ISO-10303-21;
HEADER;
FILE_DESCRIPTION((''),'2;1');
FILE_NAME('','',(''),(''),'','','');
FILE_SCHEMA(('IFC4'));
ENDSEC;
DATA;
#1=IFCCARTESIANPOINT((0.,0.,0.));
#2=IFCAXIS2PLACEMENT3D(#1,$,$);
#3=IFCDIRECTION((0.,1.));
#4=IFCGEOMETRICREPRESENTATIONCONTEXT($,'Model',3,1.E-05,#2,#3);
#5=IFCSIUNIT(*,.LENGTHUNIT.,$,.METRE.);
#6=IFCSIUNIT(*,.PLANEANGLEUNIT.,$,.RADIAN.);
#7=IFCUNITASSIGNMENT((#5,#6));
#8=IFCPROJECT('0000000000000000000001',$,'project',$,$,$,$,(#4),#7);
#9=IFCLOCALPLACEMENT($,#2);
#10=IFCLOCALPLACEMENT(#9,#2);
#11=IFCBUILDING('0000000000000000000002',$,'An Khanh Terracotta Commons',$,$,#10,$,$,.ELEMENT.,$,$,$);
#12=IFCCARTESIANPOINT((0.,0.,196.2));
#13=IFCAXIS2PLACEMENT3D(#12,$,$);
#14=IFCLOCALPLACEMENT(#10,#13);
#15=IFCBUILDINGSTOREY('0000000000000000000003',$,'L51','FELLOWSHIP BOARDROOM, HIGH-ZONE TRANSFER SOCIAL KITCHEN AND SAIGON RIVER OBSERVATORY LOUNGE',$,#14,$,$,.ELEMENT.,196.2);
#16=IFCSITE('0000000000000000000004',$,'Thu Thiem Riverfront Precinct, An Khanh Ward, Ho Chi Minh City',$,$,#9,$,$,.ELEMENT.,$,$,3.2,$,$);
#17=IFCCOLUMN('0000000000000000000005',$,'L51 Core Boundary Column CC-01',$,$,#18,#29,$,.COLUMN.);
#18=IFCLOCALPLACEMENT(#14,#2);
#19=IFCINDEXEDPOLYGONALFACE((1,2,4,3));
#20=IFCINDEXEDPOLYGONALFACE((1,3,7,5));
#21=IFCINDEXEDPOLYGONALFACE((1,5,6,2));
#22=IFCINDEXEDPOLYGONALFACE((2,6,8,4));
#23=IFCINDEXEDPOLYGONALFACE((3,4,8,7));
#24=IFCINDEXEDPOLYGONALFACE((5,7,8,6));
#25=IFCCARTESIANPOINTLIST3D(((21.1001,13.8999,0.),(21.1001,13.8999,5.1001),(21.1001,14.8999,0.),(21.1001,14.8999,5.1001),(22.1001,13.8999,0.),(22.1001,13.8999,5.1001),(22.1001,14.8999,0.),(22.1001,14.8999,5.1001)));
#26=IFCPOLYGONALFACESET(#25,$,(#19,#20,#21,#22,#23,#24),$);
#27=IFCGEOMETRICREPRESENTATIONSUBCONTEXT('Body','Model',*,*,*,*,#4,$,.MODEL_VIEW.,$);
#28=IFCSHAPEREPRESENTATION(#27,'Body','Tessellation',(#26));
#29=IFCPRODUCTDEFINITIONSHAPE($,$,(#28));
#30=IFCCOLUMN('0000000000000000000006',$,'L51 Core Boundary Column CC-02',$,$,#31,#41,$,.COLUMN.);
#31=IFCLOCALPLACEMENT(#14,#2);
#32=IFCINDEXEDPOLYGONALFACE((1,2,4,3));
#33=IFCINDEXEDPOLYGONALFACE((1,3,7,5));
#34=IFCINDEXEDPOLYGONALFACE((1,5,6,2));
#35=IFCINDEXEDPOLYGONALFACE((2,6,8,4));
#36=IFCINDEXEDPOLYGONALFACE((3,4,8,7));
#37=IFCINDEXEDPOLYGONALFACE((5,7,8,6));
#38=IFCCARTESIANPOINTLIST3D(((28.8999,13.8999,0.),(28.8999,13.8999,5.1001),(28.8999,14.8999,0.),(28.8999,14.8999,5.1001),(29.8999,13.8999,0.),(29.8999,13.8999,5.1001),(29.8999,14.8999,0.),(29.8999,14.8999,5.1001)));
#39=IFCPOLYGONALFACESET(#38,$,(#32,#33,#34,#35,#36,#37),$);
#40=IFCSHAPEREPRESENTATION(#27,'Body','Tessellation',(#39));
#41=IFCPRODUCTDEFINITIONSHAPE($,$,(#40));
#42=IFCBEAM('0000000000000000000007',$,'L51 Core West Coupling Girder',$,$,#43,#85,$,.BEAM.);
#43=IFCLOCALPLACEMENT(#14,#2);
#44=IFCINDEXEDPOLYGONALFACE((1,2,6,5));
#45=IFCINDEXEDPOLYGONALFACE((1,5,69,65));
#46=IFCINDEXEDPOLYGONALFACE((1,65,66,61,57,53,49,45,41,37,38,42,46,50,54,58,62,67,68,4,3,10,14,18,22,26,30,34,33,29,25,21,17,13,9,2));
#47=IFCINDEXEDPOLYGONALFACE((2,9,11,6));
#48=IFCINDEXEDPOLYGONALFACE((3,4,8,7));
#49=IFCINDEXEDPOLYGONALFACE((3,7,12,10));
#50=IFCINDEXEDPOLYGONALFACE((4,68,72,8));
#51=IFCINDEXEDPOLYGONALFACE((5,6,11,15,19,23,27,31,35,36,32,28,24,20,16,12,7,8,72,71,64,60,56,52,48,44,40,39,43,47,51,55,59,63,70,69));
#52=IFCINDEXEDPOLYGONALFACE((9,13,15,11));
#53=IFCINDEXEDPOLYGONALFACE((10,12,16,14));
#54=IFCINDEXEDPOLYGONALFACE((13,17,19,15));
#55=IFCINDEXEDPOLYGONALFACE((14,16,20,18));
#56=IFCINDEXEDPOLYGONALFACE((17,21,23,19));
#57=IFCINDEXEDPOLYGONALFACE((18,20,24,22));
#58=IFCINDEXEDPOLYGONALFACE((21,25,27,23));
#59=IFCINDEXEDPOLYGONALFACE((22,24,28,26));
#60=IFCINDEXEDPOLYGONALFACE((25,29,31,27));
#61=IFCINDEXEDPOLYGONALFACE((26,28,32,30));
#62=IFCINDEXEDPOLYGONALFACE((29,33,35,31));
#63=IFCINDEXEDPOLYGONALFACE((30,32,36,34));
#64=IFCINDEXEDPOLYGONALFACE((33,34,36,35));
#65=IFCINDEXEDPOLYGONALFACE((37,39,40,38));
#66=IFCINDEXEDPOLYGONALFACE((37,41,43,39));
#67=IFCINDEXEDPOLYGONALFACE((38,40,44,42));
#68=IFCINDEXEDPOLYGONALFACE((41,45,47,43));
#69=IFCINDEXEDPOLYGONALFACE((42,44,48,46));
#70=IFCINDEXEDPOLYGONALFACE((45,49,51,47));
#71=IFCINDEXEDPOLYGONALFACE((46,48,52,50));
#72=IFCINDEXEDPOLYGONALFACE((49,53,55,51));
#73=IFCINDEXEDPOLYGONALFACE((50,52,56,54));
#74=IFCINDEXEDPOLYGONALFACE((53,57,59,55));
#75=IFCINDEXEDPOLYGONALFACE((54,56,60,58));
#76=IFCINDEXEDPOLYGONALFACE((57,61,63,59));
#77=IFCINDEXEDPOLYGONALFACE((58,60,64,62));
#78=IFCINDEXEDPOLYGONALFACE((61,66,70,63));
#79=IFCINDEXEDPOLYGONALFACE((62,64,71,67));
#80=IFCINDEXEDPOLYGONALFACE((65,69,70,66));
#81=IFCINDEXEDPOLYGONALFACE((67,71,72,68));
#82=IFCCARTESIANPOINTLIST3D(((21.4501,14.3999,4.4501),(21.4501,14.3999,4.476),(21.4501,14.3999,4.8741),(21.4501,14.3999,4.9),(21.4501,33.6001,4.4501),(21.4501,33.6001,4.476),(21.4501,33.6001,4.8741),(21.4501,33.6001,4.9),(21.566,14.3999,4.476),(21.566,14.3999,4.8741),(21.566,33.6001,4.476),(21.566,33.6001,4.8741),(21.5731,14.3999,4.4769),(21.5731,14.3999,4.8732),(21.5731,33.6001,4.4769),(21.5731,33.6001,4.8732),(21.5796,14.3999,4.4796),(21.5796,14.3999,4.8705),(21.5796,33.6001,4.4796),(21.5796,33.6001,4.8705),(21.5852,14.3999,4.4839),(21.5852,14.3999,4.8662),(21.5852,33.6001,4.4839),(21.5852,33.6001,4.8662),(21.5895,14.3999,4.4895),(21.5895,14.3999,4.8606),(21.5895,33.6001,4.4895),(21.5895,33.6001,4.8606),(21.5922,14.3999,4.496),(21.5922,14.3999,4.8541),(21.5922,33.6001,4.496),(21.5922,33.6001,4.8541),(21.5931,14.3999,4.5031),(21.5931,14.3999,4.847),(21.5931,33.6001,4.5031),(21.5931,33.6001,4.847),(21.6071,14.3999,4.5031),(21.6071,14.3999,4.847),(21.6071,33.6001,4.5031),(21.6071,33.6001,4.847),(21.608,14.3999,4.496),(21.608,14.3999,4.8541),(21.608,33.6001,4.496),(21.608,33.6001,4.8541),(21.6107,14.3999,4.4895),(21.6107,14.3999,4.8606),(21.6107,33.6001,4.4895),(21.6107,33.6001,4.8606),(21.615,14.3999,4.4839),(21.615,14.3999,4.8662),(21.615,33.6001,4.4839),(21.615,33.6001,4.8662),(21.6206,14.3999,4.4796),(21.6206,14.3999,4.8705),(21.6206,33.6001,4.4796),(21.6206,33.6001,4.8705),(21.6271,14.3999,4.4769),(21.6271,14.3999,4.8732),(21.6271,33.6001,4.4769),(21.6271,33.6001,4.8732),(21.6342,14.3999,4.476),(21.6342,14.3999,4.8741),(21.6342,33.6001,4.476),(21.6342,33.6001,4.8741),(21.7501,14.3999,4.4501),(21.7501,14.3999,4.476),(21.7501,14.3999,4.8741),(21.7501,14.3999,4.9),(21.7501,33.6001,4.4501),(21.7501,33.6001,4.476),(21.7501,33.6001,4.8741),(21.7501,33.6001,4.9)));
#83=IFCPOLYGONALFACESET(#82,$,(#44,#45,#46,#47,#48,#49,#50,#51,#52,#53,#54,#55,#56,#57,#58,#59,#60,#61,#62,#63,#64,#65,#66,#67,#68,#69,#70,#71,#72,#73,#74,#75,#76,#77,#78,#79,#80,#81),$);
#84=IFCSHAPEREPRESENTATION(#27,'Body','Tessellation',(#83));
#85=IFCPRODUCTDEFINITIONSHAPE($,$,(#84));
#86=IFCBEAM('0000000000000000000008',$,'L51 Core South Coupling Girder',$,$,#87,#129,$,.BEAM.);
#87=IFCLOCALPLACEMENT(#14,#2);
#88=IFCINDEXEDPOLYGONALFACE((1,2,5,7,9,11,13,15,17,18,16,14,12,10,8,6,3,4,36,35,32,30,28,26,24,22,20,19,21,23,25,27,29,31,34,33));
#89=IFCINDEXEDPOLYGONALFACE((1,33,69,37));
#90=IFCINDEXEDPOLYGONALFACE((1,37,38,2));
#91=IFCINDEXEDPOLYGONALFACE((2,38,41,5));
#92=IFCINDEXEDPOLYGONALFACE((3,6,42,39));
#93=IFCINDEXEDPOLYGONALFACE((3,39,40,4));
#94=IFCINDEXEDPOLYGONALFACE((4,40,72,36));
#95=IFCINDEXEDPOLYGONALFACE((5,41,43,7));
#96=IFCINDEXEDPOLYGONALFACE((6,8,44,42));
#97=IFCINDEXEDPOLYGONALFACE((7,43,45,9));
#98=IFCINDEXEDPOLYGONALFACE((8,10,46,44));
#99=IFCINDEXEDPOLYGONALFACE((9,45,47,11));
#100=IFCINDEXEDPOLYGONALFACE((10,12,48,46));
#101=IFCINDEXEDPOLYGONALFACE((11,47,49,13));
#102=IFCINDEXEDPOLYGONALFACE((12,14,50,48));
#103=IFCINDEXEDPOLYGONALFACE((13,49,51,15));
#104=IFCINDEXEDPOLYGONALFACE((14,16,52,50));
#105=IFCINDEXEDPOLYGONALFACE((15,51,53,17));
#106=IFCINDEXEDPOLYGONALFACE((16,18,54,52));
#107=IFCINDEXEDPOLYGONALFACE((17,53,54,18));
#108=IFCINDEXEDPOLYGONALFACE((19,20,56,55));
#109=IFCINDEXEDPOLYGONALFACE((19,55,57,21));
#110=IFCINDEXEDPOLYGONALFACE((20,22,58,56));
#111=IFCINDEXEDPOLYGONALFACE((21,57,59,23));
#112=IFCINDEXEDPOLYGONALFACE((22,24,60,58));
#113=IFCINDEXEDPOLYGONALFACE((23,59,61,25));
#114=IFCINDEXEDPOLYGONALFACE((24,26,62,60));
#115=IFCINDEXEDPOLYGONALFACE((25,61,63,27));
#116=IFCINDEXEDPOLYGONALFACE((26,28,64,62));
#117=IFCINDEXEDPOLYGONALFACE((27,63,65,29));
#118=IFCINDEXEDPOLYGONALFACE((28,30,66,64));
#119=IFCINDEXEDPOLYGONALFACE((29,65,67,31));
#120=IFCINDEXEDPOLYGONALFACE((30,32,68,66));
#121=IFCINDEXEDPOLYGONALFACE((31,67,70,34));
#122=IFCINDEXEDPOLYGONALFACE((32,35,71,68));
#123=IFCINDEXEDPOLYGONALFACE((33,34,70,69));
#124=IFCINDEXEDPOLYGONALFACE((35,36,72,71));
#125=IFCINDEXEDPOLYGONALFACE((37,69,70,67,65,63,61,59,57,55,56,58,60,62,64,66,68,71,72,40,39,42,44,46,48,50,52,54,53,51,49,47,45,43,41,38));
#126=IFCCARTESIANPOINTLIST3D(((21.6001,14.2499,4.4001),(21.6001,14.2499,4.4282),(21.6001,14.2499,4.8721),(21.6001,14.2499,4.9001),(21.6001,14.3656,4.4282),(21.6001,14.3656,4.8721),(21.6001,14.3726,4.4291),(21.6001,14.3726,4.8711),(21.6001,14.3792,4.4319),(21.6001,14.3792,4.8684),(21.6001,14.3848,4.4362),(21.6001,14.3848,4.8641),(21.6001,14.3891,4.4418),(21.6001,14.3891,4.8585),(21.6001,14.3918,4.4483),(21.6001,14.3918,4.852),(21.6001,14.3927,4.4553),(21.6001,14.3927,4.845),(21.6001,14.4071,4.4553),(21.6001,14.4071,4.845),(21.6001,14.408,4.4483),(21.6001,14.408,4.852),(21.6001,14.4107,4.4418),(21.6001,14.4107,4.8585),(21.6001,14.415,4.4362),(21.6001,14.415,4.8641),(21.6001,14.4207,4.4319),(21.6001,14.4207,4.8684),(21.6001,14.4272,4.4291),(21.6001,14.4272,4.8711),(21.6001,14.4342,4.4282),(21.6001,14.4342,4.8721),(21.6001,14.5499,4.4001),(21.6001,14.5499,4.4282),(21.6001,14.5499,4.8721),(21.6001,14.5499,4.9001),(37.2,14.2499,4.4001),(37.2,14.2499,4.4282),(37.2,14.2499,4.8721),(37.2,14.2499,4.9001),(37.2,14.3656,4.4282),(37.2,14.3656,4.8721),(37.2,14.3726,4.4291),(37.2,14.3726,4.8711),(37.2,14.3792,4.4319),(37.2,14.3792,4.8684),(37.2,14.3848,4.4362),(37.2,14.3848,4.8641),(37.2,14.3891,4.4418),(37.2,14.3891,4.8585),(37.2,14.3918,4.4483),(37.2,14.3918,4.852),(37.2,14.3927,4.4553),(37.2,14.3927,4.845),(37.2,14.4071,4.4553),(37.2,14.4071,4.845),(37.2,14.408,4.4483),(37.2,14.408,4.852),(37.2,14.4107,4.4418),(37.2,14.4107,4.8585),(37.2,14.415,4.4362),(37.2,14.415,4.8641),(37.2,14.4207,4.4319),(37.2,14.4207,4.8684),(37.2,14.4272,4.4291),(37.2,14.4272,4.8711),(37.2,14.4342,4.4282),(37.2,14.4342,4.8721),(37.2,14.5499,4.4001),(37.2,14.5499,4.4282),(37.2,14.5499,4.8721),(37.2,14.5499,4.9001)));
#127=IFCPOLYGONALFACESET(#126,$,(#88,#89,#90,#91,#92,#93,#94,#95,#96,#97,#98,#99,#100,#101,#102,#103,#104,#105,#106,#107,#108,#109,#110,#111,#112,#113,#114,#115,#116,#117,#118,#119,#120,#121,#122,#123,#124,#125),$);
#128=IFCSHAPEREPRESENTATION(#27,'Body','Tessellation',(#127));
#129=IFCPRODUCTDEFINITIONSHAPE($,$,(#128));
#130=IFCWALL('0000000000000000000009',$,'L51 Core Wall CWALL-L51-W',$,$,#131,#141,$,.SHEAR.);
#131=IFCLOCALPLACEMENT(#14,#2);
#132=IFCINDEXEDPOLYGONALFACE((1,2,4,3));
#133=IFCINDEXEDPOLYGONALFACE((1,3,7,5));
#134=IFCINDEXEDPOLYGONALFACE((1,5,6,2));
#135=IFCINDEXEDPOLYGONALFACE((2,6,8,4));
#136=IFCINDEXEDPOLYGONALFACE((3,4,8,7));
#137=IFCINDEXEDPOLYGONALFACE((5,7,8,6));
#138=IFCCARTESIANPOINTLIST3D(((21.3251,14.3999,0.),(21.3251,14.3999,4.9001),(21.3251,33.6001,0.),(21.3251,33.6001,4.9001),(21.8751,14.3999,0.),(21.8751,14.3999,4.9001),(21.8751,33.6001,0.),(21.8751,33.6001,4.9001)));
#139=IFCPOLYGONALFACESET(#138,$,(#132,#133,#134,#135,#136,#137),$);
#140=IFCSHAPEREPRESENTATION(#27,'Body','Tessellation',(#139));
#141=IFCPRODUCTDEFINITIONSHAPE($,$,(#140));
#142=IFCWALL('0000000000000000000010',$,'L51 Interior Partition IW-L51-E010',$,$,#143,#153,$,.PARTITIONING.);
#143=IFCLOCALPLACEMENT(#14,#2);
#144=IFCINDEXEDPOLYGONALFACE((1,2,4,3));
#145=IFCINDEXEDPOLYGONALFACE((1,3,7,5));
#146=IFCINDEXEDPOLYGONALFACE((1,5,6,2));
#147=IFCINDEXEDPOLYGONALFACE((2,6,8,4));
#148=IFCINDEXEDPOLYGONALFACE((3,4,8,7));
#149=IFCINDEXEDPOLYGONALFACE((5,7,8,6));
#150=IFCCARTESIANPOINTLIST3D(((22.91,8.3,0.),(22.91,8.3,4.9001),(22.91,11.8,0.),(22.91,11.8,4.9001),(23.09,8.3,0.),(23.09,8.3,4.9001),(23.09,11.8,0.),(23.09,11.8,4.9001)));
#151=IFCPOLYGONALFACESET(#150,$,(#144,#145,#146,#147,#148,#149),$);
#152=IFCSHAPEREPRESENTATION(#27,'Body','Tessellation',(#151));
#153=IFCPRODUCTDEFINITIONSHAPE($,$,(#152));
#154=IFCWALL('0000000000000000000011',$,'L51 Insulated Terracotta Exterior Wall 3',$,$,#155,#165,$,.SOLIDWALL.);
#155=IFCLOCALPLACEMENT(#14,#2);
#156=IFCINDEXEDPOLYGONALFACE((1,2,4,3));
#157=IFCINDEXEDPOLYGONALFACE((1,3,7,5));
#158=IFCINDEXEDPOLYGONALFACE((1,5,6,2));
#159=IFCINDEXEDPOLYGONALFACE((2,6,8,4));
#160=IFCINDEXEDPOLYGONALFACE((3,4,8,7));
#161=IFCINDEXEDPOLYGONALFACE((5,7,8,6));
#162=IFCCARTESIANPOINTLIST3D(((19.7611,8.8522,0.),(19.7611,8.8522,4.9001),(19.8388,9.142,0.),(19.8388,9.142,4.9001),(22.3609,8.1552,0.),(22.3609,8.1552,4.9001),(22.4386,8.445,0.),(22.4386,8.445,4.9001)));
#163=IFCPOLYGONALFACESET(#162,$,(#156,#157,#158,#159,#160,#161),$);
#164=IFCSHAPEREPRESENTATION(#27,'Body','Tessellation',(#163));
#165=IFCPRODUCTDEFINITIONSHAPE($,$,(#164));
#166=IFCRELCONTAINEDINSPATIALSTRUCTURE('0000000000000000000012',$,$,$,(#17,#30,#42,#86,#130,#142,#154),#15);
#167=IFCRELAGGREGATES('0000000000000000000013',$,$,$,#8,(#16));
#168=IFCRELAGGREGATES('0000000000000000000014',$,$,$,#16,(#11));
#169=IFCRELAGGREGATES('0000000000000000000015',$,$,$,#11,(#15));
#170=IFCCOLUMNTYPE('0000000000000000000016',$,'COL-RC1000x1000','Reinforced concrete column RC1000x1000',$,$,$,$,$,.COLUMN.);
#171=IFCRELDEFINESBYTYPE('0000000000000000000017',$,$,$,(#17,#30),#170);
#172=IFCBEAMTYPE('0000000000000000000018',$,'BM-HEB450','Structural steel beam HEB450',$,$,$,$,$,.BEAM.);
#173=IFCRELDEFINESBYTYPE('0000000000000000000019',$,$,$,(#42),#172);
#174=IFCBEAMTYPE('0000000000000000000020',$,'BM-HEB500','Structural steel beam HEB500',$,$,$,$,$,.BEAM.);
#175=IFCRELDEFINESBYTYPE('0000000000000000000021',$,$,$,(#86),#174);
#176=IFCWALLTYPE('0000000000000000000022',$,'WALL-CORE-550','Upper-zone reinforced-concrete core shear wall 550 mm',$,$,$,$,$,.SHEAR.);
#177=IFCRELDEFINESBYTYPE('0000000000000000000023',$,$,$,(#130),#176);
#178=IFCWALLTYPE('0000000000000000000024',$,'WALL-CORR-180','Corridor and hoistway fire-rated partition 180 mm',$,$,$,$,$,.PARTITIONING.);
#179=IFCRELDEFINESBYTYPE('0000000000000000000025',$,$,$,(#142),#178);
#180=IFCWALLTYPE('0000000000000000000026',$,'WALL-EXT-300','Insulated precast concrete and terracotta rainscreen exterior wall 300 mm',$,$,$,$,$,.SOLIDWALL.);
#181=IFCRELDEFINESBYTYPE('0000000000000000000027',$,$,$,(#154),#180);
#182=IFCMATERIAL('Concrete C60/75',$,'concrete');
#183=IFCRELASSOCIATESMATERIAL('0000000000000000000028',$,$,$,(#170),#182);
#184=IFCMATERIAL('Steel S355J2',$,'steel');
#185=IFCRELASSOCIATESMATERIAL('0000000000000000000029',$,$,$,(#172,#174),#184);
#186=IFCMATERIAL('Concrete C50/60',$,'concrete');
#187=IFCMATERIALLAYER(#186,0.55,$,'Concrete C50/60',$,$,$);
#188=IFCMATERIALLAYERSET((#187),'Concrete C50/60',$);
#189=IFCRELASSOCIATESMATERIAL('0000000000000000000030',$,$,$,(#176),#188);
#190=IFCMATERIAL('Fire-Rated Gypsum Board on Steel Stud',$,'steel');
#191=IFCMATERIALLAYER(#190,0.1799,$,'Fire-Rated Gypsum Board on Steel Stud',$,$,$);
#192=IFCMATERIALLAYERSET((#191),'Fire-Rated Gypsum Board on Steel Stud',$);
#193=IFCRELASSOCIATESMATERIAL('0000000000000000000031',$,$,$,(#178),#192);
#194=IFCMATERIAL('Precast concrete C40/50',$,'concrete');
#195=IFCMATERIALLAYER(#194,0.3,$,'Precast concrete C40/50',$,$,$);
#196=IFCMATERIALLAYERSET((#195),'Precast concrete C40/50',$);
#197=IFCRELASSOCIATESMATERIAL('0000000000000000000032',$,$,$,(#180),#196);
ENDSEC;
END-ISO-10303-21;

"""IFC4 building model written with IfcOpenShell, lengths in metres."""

from ifc_helpers import new_model, si_unit, direction, frame, frame_2d, origin, origin_2d, place, context, subcontext, project, spatial, rectangle, i_section, extrude, material, layer, layer_set, material_profile, profile_set, type_object, element, save


model = new_model("IFC4")

# Units and contexts
model_context = context("Model", 3, precision=1e-05, world=origin(), true_north=direction((0.0, 1.0)))
body_context = subcontext(model_context, "Body", "Model", "MODEL_VIEW")
ifc_project = project(units=[si_unit("LENGTHUNIT", "METRE"), si_unit("PLANEANGLEUNIT", "RADIAN")], contexts=[model_context])

# Site, building, storey
site_placement = place(None, origin())
site = spatial("IfcSite", under=ifc_project, at=site_placement, Name="Thu Thiem Riverfront Precinct, An Khanh Ward, Ho Chi Minh City", CompositionType="ELEMENT", RefElevation=3.2)
building_placement = place(site_placement, origin())
building = spatial("IfcBuilding", under=site, at=building_placement, Name="An Khanh Terracotta Commons", CompositionType="ELEMENT")
storey_placement = place(building_placement, frame((0.0, 0.0, 196.2)))
storey = spatial("IfcBuildingStorey", under=building, at=storey_placement, Name="L51", Description="FELLOWSHIP BOARDROOM, HIGH-ZONE TRANSFER SOCIAL KITCHEN AND SAIGON RIVER OBSERVATORY LOUNGE", CompositionType="ELEMENT", Elevation=196.2)

# Columns
ifc_material_1 = material(Name="Concrete C60/75", Category="concrete")
ifc_material_profile_1 = material_profile(ifc_material_1, rectangle(XDim=1.0, YDim=1.0, at=origin_2d()), Name="RC1000x1000")
ifc_profile_set_1 = profile_set([ifc_material_profile_1], Name="Concrete C60/75")
column_type = type_object("IfcColumnType", Name="COL-RC1000x1000", Description="Reinforced concrete column RC1000x1000", PredefinedType="COLUMN", material=ifc_profile_set_1)
for number, where, z_axis, x_axis, name in (
    (1, (21.6001, 14.3999, 0.0), (0.0, 0.0, 1.0), (1.0, 0.0, 0.0), "L51 Core Boundary Column CC-01"),
    (2, (29.3999, 14.3999, 0.0), (0.0, 0.0, 1.0), (1.0, 0.0, 0.0), "L51 Core Boundary Column CC-02"),
):
    element("IfcColumn", number, at=place(storey_placement, frame(where, z_axis=z_axis, x_axis=x_axis)), inside=storey, type_object=column_type, Name=name, PredefinedType="COLUMN", context=body_context, shape_type="SweptSolid", body=[
        extrude(rectangle(XDim=1.0, YDim=1.0, at=origin_2d()), origin(), (0.0, 0.0, 1.0), 5.1001),
    ])

# Beams
ifc_material_2 = material(Name="Steel S355J2", Category="steel")
ifc_material_profile_2 = material_profile(ifc_material_2, i_section(OverallWidth=0.3, OverallDepth=0.45, WebThickness=0.0139, FlangeThickness=0.0259, FilletRadius=0.0271, at=origin_2d()), Name="HEB450")
ifc_profile_set_2 = profile_set([ifc_material_profile_2], Name="Steel S355J2")
beam_type_1 = type_object("IfcBeamType", Name="BM-HEB450", Description="Structural steel beam HEB450", PredefinedType="BEAM", material=ifc_profile_set_2)
beam_1_placement = place(storey_placement, frame((21.6001, 14.3999, 4.675), z_axis=(0.0, 1.0, 0.0), x_axis=(-1.0, 0.0, 0.0)))
element("IfcBeam", 3, at=beam_1_placement, inside=storey, type_object=beam_type_1, Name="L51 Core West Coupling Girder", PredefinedType="BEAM", context=body_context, shape_type="SweptSolid", body=[
    extrude(i_section(OverallWidth=0.3, OverallDepth=0.45, WebThickness=0.0139, FlangeThickness=0.0259, FilletRadius=0.0271, at=origin_2d()), origin(), (0.0, 0.0, 1.0), 19.2002),
])
ifc_material_profile_3 = material_profile(ifc_material_2, i_section(OverallWidth=0.3, OverallDepth=0.5, WebThickness=0.0144, FlangeThickness=0.0281, FilletRadius=0.0271, at=origin_2d()), Name="HEB500")
ifc_profile_set_3 = profile_set([ifc_material_profile_3], Name="Steel S355J2")
beam_type_2 = type_object("IfcBeamType", Name="BM-HEB500", Description="Structural steel beam HEB500", PredefinedType="BEAM", material=ifc_profile_set_3)
beam_2_placement = place(storey_placement, frame((21.6001, 14.3999, 4.6501), z_axis=(1.0, 0.0, 0.0), x_axis=(0.0, 1.0, 0.0)))
element("IfcBeam", 4, at=beam_2_placement, inside=storey, type_object=beam_type_2, Name="L51 Core South Coupling Girder", PredefinedType="BEAM", context=body_context, shape_type="SweptSolid", body=[
    extrude(i_section(OverallWidth=0.3, OverallDepth=0.5, WebThickness=0.0144, FlangeThickness=0.0281, FilletRadius=0.0271, at=origin_2d()), origin(), (0.0, 0.0, 1.0), 15.5999),
])

# Walls
ifc_material_3 = material(Name="Concrete C50/60", Category="concrete")
ifc_layer_1 = layer(ifc_material_3, 0.55, Name="Concrete C50/60")
ifc_layer_set_1 = layer_set([ifc_layer_1], Name="Concrete C50/60")
wall_type_1 = type_object("IfcWallType", Name="WALL-CORE-550", Description="Upper-zone reinforced-concrete core shear wall 550 mm", PredefinedType="SHEAR", material=ifc_layer_set_1)
wall_1_placement = place(storey_placement, frame((21.6001, 14.3999, 0.0), z_axis=(0.0, 0.0, 1.0), x_axis=(0.0, 1.0, 0.0)))
element("IfcWall", 5, at=wall_1_placement, inside=storey, type_object=wall_type_1, Name="L51 Core Wall CWALL-L51-W", PredefinedType="SHEAR", context=body_context, shape_type="SweptSolid", body=[
    extrude(rectangle(XDim=19.2002, YDim=0.55, at=frame_2d((9.6001, 0.0))), origin(), (0.0, 0.0, 1.0), 4.9001),
])
ifc_material_4 = material(Name="Fire-Rated Gypsum Board on Steel Stud", Category="steel")
ifc_layer_2 = layer(ifc_material_4, 0.1799, Name="Fire-Rated Gypsum Board on Steel Stud")
ifc_layer_set_2 = layer_set([ifc_layer_2], Name="Fire-Rated Gypsum Board on Steel Stud")
wall_type_2 = type_object("IfcWallType", Name="WALL-CORR-180", Description="Corridor and hoistway fire-rated partition 180 mm", PredefinedType="PARTITIONING", material=ifc_layer_set_2)
wall_2_placement = place(storey_placement, frame((23.0, 8.3, 0.0), z_axis=(0.0, 0.0, 1.0), x_axis=(0.0, 1.0, 0.0)))
element("IfcWall", 6, at=wall_2_placement, inside=storey, type_object=wall_type_2, Name="L51 Interior Partition IW-L51-E010", PredefinedType="PARTITIONING", context=body_context, shape_type="SweptSolid", body=[
    extrude(rectangle(XDim=3.5, YDim=0.1799, at=frame_2d((1.75, 0.0))), origin(), (0.0, 0.0, 1.0), 4.9001),
])
ifc_material_5 = material(Name="Precast concrete C40/50", Category="concrete")
ifc_layer_3 = layer(ifc_material_5, 0.3, Name="Precast concrete C40/50")
ifc_layer_set_3 = layer_set([ifc_layer_3], Name="Precast concrete C40/50")
wall_type_3 = type_object("IfcWallType", Name="WALL-EXT-300", Description="Insulated precast concrete and terracotta rainscreen exterior wall 300 mm", PredefinedType="SOLIDWALL", material=ifc_layer_set_3)
wall_3_placement = place(storey_placement, frame((19.8, 8.9971, 0.0), z_axis=(0.0, 0.0, 1.0), x_axis=(0.965889, -0.258955, 0.0)))
element("IfcWall", 7, at=wall_3_placement, inside=storey, type_object=wall_type_3, Name="L51 Insulated Terracotta Exterior Wall 3", PredefinedType="SOLIDWALL", context=body_context, shape_type="SweptSolid", body=[
    extrude(rectangle(XDim=2.6917, YDim=0.3, at=frame_2d((1.3457, 0.0))), origin(), (0.0, 0.0, 1.0), 4.9001),
])

save(model, "model.ifc")
